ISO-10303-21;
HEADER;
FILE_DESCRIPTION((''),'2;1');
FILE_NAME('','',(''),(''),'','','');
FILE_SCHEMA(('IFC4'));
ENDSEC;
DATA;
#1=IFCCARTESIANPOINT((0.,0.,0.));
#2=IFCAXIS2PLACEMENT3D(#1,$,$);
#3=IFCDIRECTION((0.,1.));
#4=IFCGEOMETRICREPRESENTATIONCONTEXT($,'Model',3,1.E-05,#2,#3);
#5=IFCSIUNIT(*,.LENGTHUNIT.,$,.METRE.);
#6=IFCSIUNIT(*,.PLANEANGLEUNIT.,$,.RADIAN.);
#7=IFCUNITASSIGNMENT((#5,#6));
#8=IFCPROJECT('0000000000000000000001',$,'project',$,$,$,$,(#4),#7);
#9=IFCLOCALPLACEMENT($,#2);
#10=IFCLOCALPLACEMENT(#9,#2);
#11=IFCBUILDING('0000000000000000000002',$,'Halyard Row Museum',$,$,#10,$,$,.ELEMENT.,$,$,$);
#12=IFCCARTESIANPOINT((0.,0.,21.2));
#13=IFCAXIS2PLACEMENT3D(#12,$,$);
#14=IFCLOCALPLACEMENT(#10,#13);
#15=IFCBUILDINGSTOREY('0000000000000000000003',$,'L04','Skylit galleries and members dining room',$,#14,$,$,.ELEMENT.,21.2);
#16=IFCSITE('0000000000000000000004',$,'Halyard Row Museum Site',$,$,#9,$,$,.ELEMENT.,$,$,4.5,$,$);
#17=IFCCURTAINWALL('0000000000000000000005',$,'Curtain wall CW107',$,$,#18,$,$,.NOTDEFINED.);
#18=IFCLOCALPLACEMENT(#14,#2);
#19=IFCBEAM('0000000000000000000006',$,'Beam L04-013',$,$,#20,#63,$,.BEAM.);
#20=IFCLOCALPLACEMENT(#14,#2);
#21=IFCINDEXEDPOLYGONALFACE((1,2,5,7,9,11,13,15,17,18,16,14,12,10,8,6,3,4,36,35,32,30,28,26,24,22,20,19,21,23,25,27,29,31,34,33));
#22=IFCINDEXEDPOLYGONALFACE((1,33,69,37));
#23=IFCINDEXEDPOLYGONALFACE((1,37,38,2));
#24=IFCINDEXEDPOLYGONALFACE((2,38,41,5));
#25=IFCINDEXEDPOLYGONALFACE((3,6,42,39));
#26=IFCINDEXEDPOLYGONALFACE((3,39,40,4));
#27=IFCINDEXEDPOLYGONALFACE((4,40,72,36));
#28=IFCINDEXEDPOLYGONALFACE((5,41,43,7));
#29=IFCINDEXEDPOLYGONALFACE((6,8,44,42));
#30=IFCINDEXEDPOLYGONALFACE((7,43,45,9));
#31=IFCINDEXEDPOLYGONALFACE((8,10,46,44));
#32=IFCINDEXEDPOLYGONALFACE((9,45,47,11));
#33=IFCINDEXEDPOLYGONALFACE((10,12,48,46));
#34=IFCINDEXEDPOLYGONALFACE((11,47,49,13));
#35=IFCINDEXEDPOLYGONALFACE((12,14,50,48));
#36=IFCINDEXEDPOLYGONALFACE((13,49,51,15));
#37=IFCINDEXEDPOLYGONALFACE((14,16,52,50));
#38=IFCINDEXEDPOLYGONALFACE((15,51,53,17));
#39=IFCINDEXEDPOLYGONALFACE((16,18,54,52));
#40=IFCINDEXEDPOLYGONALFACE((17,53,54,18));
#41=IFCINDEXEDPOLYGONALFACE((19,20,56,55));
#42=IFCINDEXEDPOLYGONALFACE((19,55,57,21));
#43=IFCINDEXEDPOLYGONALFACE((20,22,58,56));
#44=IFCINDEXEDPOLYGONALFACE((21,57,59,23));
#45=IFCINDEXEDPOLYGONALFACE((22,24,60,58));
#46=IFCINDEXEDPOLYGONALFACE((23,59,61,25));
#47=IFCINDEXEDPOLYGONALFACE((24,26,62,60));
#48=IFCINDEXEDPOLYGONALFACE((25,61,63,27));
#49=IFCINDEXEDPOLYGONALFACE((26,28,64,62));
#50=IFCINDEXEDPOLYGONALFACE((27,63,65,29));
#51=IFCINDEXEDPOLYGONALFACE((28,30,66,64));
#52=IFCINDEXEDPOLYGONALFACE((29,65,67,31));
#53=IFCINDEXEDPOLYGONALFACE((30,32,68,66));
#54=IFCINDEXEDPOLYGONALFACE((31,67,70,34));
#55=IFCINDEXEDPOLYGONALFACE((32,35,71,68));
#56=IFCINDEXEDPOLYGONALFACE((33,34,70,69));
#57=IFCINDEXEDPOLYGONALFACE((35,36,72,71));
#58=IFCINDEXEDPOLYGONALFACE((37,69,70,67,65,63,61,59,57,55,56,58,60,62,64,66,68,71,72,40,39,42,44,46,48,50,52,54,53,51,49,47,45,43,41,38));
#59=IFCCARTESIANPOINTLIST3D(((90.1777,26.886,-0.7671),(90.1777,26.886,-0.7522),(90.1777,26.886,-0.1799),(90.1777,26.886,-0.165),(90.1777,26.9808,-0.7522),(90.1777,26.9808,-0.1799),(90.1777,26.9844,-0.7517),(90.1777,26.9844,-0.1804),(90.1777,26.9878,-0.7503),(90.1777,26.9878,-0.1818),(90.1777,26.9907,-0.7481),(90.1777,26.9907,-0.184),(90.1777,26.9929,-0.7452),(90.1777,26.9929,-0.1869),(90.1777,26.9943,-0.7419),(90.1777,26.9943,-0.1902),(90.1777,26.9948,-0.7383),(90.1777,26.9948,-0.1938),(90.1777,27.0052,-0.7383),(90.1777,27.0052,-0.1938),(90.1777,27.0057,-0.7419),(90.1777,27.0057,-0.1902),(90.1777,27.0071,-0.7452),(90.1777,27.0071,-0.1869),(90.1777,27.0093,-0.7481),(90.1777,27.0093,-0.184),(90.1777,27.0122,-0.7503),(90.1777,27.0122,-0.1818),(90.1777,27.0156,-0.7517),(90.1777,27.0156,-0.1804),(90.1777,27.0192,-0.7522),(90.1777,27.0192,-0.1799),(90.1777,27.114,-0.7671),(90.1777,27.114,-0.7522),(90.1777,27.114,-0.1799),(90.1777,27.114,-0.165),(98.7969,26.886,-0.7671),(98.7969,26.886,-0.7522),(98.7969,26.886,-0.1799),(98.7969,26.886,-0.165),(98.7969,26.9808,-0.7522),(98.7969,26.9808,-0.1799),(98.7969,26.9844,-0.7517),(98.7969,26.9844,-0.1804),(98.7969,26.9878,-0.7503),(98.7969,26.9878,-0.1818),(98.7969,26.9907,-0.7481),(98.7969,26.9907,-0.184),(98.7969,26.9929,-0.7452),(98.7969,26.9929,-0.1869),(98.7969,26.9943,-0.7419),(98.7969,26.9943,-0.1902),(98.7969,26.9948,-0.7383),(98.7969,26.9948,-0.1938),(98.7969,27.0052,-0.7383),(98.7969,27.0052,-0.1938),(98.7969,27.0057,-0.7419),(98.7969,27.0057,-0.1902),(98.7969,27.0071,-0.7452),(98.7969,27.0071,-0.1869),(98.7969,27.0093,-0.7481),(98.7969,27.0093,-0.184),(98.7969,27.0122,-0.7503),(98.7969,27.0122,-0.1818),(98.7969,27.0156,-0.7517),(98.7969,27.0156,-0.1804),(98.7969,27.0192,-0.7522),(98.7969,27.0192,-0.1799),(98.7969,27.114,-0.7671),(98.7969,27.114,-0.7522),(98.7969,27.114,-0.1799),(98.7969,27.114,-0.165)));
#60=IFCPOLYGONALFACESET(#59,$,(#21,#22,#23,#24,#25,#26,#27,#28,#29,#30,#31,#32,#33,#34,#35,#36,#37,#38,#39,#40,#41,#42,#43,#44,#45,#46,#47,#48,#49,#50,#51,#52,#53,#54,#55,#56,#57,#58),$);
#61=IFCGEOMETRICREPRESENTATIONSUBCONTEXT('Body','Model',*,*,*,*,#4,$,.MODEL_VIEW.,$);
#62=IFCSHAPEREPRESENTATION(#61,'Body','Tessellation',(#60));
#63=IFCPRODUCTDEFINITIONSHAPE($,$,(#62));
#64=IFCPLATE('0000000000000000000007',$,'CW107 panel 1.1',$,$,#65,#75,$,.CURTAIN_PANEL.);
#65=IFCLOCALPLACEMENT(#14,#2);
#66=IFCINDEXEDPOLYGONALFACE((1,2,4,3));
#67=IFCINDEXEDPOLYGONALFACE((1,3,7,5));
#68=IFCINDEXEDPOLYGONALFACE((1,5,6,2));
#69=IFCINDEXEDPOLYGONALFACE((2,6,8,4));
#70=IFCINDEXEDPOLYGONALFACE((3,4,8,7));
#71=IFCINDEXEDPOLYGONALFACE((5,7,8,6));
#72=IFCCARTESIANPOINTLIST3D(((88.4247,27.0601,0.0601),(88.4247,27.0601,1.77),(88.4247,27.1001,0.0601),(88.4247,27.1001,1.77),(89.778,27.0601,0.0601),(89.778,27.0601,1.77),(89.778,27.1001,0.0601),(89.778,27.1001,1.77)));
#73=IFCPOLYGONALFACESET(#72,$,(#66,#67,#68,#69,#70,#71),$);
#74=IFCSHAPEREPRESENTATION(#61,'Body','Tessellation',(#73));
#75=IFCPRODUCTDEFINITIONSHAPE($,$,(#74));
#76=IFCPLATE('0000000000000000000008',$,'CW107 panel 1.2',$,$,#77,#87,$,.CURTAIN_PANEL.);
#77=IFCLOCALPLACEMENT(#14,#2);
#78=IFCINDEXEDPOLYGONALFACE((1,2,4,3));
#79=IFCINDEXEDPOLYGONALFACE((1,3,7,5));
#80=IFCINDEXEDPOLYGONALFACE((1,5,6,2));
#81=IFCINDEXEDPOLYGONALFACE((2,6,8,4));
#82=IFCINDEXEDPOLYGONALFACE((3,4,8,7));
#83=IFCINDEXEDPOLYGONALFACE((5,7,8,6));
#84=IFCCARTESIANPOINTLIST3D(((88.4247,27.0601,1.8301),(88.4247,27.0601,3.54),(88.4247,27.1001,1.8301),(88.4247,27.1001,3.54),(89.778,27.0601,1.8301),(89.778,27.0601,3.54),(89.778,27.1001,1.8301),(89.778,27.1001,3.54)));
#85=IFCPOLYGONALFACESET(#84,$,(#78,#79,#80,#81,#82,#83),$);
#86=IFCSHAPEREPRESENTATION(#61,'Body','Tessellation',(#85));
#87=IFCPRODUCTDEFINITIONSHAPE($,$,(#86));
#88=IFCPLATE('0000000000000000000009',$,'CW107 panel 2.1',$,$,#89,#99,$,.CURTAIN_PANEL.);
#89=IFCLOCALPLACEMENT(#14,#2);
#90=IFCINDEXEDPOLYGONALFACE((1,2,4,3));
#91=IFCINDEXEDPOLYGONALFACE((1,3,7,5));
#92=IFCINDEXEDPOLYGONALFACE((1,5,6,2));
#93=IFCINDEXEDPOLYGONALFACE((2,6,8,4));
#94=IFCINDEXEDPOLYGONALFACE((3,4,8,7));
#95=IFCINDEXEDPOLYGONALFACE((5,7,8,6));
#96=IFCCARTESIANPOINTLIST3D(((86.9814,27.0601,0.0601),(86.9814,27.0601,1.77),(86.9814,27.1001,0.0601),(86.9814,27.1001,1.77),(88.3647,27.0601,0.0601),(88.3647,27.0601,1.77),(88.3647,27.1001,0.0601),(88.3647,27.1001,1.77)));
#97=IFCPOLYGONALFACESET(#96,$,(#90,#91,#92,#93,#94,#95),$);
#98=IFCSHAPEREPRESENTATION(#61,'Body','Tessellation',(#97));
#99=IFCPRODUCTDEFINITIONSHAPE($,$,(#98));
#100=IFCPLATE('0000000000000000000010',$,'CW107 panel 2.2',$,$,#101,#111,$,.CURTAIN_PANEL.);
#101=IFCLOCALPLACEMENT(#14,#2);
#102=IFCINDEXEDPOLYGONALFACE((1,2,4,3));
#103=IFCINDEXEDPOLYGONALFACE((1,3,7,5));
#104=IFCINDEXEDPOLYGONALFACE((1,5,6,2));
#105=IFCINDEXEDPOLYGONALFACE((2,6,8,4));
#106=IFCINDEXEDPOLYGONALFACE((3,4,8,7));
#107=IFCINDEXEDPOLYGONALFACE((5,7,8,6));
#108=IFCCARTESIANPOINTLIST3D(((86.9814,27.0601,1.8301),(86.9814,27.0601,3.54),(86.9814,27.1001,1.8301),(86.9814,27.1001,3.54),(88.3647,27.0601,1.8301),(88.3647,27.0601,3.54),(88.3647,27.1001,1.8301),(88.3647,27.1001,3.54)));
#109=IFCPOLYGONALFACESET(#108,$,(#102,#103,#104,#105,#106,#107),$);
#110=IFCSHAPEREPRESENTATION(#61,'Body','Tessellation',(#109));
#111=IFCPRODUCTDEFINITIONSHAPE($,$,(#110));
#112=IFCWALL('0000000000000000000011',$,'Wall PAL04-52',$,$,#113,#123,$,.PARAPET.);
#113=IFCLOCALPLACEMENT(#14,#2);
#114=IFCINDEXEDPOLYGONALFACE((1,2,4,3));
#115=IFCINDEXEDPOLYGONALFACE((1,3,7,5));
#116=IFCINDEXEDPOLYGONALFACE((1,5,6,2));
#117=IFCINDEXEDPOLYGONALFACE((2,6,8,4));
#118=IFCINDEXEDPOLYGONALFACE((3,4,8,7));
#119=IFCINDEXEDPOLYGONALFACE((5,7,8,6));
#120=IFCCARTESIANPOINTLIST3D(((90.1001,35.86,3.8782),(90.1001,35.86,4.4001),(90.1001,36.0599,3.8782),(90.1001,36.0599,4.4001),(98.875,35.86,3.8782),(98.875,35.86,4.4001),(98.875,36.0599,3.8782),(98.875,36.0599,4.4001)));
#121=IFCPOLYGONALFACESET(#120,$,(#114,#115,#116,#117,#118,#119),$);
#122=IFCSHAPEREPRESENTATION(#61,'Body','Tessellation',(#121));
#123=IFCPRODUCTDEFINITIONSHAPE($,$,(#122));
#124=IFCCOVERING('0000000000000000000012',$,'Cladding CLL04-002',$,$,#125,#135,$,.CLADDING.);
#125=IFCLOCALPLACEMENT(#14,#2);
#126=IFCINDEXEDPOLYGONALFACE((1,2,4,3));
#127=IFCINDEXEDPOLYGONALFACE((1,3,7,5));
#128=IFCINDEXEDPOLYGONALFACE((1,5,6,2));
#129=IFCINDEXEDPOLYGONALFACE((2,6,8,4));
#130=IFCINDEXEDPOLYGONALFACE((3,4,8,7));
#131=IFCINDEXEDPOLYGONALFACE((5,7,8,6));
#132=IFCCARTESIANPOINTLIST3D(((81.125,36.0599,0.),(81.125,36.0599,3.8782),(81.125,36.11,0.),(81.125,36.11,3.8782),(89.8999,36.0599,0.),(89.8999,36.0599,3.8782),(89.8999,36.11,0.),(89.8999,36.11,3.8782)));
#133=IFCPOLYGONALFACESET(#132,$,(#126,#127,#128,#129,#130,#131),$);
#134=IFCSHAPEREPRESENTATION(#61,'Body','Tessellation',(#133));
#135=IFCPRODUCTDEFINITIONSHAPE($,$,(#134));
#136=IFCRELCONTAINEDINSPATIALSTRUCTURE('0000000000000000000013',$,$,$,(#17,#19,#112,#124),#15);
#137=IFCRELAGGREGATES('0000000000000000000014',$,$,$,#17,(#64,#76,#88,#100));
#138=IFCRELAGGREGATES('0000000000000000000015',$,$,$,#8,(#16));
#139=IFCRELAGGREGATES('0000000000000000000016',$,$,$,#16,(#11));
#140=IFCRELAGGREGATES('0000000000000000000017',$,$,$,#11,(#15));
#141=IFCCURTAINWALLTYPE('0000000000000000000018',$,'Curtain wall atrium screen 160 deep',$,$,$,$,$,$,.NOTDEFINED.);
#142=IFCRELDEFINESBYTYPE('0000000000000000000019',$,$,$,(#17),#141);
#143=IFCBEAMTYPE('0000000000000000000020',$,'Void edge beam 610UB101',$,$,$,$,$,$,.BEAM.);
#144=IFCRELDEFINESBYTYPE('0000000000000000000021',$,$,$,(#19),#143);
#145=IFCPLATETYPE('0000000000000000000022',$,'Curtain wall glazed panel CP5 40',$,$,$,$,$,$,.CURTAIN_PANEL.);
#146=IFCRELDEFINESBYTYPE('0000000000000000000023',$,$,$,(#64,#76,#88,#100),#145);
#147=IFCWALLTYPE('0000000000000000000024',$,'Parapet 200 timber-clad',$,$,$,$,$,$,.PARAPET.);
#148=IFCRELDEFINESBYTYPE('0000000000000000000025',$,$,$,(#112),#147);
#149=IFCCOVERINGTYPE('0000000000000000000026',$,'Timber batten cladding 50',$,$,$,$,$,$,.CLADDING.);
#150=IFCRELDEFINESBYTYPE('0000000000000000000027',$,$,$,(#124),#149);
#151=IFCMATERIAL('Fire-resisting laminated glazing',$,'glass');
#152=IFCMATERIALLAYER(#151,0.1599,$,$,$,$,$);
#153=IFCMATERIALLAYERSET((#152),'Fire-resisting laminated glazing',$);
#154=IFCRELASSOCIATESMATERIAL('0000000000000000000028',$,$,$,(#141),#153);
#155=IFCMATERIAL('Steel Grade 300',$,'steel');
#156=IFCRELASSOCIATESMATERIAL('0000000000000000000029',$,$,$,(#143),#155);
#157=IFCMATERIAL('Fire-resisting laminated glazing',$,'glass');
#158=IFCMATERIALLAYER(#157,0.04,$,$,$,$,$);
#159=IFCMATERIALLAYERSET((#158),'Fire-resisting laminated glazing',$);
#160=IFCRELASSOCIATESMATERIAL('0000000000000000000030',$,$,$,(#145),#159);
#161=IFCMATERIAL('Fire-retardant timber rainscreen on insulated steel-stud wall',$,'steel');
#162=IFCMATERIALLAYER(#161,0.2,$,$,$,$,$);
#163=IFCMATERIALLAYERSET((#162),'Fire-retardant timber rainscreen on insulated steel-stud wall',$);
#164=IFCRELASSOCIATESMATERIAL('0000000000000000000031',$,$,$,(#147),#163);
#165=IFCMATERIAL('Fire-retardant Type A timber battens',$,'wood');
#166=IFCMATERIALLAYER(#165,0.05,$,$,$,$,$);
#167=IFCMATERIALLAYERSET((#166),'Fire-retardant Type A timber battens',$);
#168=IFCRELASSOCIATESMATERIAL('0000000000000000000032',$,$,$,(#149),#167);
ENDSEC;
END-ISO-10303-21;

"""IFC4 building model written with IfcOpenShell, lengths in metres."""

from ifc_helpers import new_model, si_unit, direction, frame, frame_2d, origin, origin_2d, place, context, subcontext, project, spatial, rectangle, i_section, extrude, material, layer, layer_set, material_profile, profile_set, type_object, element, aggregate, save


model = new_model("IFC4")

# Units and contexts
model_context = context("Model", 3, precision=1e-05, world=origin(), true_north=direction((0.0, 1.0)))
body_context = subcontext(model_context, "Body", "Model", "MODEL_VIEW")
ifc_project = project(units=[si_unit("LENGTHUNIT", "METRE"), si_unit("PLANEANGLEUNIT", "RADIAN")], contexts=[model_context])

# Site, building, storey
site_placement = place(None, origin())
site = spatial("IfcSite", under=ifc_project, at=site_placement, Name="Halyard Row Museum Site", CompositionType="ELEMENT", RefElevation=4.5)
building_placement = place(site_placement, origin())
building = spatial("IfcBuilding", under=site, at=building_placement, Name="Halyard Row Museum", CompositionType="ELEMENT")
storey_placement = place(building_placement, frame((0.0, 0.0, 21.2)))
storey = spatial("IfcBuildingStorey", under=building, at=storey_placement, Name="L04", Description="Skylit galleries and members dining room", CompositionType="ELEMENT", Elevation=21.2)

# Shared definitions
ifc_material_1 = material(Name="Fire-resisting laminated glazing", Category="glass")
ifc_layer_1 = layer(ifc_material_1, 0.1599)
ifc_layer_set_1 = layer_set([ifc_layer_1], Name="Fire-resisting laminated glazing")
curtain_wall_type_1 = type_object("IfcCurtainWallType", Name="Curtain wall atrium screen 160 deep", PredefinedType="NOTDEFINED", material=ifc_layer_set_1)

# Curtain wall
curtain_wall_1_placement = place(storey_placement, origin())
curtain_wall_1 = element("IfcCurtainWall", 1, at=curtain_wall_1_placement, inside=storey, type_object=curtain_wall_type_1, Name="Curtain wall CW107", PredefinedType="NOTDEFINED")

# Beam
ifc_material_2 = material(Name="Steel Grade 300", Category="steel")
ifc_material_profile_1 = material_profile(ifc_material_2, i_section(OverallWidth=0.228, OverallDepth=0.6021, WebThickness=0.0105, FlangeThickness=0.0149, FilletRadius=0.0139, at=origin_2d()), Name="610UB101")
ifc_profile_set_1 = profile_set([ifc_material_profile_1], Name="Steel Grade 300")
beam_type_1 = type_object("IfcBeamType", Name="Void edge beam 610UB101", PredefinedType="BEAM", material=ifc_profile_set_1)
beam_1_placement = place(storey_placement, frame((90.1777, 27.0, -0.4661), z_axis=(1.0, 0.0, 0.0), x_axis=(0.0, 1.0, 0.0)))
element("IfcBeam", 2, at=beam_1_placement, inside=storey, type_object=beam_type_1, Name="Beam L04-013", PredefinedType="BEAM", context=body_context, shape_type="SweptSolid", body=[
    extrude(i_section(OverallWidth=0.228, OverallDepth=0.6021, WebThickness=0.0105, FlangeThickness=0.0149, FilletRadius=0.0139, at=origin_2d()), origin(), (0.0, 0.0, 1.0), 8.6191),
])

# Plates
ifc_material_3 = material(Name="Fire-resisting laminated glazing", Category="glass")
ifc_layer_2 = layer(ifc_material_3, 0.04)
ifc_layer_set_2 = layer_set([ifc_layer_2], Name="Fire-resisting laminated glazing")
plate_type = type_object("IfcPlateType", Name="Curtain wall glazed panel CP5 40", PredefinedType="CURTAIN_PANEL", material=ifc_layer_set_2)
plate_1_placement = place(storey_placement, frame((89.1013, 27.0801, 0.0601), z_axis=(0.0, 0.0, 1.0), x_axis=(-1.0, 0.0, 0.0)))
plate_1 = element("IfcPlate", 3, at=plate_1_placement, type_object=plate_type, Name="CW107 panel 1.1", PredefinedType="CURTAIN_PANEL", context=body_context, shape_type="SweptSolid", body=[
    extrude(rectangle(XDim=1.3533, YDim=0.04, at=origin_2d()), origin(), (0.0, 0.0, 1.0), 1.71),
])
plate_2_placement = place(storey_placement, frame((89.1013, 27.0801, 1.8301), z_axis=(0.0, 0.0, 1.0), x_axis=(-1.0, 0.0, 0.0)))
plate_2 = element("IfcPlate", 4, at=plate_2_placement, type_object=plate_type, Name="CW107 panel 1.2", PredefinedType="CURTAIN_PANEL", context=body_context, shape_type="SweptSolid", body=[
    extrude(rectangle(XDim=1.3533, YDim=0.04, at=origin_2d()), origin(), (0.0, 0.0, 1.0), 1.71),
])
plate_3_placement = place(storey_placement, frame((87.6731, 27.0801, 0.0601), z_axis=(0.0, 0.0, 1.0), x_axis=(-1.0, 0.0, 0.0)))
plate_3 = element("IfcPlate", 5, at=plate_3_placement, type_object=plate_type, Name="CW107 panel 2.1", PredefinedType="CURTAIN_PANEL", context=body_context, shape_type="SweptSolid", body=[
    extrude(rectangle(XDim=1.3833, YDim=0.04, at=origin_2d()), origin(), (0.0, 0.0, 1.0), 1.71),
])
plate_4_placement = place(storey_placement, frame((87.6731, 27.0801, 1.8301), z_axis=(0.0, 0.0, 1.0), x_axis=(-1.0, 0.0, 0.0)))
plate_4 = element("IfcPlate", 6, at=plate_4_placement, type_object=plate_type, Name="CW107 panel 2.2", PredefinedType="CURTAIN_PANEL", context=body_context, shape_type="SweptSolid", body=[
    extrude(rectangle(XDim=1.3833, YDim=0.04, at=origin_2d()), origin(), (0.0, 0.0, 1.0), 1.71),
])
aggregate(curtain_wall_1, [plate_1, plate_2, plate_3, plate_4])

# Wall
ifc_material_4 = material(Name="Fire-retardant timber rainscreen on insulated steel-stud wall", Category="steel")
ifc_layer_3 = layer(ifc_material_4, 0.2)
ifc_layer_set_3 = layer_set([ifc_layer_3], Name="Fire-retardant timber rainscreen on insulated steel-stud wall")
wall_type = type_object("IfcWallType", Name="Parapet 200 timber-clad", PredefinedType="PARAPET", material=ifc_layer_set_3)
wall_placement = place(storey_placement, frame((90.1001, 35.96, 3.8782), z_axis=(0.0, 0.0, 1.0), x_axis=(1.0, 0.0, 0.0)))
element("IfcWall", 7, at=wall_placement, inside=storey, type_object=wall_type, Name="Wall PAL04-52", PredefinedType="PARAPET", context=body_context, shape_type="SweptSolid", body=[
    extrude(rectangle(XDim=8.7749, YDim=0.2, at=frame_2d((4.3875, 0.0))), origin(), (0.0, 0.0, 1.0), 0.522),
])

# Covering
ifc_material_5 = material(Name="Fire-retardant Type A timber battens", Category="wood")
ifc_layer_4 = layer(ifc_material_5, 0.05)
ifc_layer_set_4 = layer_set([ifc_layer_4], Name="Fire-retardant Type A timber battens")
covering_type = type_object("IfcCoveringType", Name="Timber batten cladding 50", PredefinedType="CLADDING", material=ifc_layer_set_4)
covering_placement = place(storey_placement, frame((89.8999, 36.085, 0.0), z_axis=(0.0, 0.0, 1.0), x_axis=(-1.0, 0.0, 0.0)))
element("IfcCovering", 8, at=covering_placement, inside=storey, type_object=covering_type, Name="Cladding CLL04-002", PredefinedType="CLADDING", context=body_context, shape_type="SweptSolid", body=[
    extrude(rectangle(XDim=8.7749, YDim=0.05, at=frame_2d((4.3875, 0.0))), origin(), (0.0, 0.0, 1.0), 3.8782),
])

save(model, "model.ifc")
